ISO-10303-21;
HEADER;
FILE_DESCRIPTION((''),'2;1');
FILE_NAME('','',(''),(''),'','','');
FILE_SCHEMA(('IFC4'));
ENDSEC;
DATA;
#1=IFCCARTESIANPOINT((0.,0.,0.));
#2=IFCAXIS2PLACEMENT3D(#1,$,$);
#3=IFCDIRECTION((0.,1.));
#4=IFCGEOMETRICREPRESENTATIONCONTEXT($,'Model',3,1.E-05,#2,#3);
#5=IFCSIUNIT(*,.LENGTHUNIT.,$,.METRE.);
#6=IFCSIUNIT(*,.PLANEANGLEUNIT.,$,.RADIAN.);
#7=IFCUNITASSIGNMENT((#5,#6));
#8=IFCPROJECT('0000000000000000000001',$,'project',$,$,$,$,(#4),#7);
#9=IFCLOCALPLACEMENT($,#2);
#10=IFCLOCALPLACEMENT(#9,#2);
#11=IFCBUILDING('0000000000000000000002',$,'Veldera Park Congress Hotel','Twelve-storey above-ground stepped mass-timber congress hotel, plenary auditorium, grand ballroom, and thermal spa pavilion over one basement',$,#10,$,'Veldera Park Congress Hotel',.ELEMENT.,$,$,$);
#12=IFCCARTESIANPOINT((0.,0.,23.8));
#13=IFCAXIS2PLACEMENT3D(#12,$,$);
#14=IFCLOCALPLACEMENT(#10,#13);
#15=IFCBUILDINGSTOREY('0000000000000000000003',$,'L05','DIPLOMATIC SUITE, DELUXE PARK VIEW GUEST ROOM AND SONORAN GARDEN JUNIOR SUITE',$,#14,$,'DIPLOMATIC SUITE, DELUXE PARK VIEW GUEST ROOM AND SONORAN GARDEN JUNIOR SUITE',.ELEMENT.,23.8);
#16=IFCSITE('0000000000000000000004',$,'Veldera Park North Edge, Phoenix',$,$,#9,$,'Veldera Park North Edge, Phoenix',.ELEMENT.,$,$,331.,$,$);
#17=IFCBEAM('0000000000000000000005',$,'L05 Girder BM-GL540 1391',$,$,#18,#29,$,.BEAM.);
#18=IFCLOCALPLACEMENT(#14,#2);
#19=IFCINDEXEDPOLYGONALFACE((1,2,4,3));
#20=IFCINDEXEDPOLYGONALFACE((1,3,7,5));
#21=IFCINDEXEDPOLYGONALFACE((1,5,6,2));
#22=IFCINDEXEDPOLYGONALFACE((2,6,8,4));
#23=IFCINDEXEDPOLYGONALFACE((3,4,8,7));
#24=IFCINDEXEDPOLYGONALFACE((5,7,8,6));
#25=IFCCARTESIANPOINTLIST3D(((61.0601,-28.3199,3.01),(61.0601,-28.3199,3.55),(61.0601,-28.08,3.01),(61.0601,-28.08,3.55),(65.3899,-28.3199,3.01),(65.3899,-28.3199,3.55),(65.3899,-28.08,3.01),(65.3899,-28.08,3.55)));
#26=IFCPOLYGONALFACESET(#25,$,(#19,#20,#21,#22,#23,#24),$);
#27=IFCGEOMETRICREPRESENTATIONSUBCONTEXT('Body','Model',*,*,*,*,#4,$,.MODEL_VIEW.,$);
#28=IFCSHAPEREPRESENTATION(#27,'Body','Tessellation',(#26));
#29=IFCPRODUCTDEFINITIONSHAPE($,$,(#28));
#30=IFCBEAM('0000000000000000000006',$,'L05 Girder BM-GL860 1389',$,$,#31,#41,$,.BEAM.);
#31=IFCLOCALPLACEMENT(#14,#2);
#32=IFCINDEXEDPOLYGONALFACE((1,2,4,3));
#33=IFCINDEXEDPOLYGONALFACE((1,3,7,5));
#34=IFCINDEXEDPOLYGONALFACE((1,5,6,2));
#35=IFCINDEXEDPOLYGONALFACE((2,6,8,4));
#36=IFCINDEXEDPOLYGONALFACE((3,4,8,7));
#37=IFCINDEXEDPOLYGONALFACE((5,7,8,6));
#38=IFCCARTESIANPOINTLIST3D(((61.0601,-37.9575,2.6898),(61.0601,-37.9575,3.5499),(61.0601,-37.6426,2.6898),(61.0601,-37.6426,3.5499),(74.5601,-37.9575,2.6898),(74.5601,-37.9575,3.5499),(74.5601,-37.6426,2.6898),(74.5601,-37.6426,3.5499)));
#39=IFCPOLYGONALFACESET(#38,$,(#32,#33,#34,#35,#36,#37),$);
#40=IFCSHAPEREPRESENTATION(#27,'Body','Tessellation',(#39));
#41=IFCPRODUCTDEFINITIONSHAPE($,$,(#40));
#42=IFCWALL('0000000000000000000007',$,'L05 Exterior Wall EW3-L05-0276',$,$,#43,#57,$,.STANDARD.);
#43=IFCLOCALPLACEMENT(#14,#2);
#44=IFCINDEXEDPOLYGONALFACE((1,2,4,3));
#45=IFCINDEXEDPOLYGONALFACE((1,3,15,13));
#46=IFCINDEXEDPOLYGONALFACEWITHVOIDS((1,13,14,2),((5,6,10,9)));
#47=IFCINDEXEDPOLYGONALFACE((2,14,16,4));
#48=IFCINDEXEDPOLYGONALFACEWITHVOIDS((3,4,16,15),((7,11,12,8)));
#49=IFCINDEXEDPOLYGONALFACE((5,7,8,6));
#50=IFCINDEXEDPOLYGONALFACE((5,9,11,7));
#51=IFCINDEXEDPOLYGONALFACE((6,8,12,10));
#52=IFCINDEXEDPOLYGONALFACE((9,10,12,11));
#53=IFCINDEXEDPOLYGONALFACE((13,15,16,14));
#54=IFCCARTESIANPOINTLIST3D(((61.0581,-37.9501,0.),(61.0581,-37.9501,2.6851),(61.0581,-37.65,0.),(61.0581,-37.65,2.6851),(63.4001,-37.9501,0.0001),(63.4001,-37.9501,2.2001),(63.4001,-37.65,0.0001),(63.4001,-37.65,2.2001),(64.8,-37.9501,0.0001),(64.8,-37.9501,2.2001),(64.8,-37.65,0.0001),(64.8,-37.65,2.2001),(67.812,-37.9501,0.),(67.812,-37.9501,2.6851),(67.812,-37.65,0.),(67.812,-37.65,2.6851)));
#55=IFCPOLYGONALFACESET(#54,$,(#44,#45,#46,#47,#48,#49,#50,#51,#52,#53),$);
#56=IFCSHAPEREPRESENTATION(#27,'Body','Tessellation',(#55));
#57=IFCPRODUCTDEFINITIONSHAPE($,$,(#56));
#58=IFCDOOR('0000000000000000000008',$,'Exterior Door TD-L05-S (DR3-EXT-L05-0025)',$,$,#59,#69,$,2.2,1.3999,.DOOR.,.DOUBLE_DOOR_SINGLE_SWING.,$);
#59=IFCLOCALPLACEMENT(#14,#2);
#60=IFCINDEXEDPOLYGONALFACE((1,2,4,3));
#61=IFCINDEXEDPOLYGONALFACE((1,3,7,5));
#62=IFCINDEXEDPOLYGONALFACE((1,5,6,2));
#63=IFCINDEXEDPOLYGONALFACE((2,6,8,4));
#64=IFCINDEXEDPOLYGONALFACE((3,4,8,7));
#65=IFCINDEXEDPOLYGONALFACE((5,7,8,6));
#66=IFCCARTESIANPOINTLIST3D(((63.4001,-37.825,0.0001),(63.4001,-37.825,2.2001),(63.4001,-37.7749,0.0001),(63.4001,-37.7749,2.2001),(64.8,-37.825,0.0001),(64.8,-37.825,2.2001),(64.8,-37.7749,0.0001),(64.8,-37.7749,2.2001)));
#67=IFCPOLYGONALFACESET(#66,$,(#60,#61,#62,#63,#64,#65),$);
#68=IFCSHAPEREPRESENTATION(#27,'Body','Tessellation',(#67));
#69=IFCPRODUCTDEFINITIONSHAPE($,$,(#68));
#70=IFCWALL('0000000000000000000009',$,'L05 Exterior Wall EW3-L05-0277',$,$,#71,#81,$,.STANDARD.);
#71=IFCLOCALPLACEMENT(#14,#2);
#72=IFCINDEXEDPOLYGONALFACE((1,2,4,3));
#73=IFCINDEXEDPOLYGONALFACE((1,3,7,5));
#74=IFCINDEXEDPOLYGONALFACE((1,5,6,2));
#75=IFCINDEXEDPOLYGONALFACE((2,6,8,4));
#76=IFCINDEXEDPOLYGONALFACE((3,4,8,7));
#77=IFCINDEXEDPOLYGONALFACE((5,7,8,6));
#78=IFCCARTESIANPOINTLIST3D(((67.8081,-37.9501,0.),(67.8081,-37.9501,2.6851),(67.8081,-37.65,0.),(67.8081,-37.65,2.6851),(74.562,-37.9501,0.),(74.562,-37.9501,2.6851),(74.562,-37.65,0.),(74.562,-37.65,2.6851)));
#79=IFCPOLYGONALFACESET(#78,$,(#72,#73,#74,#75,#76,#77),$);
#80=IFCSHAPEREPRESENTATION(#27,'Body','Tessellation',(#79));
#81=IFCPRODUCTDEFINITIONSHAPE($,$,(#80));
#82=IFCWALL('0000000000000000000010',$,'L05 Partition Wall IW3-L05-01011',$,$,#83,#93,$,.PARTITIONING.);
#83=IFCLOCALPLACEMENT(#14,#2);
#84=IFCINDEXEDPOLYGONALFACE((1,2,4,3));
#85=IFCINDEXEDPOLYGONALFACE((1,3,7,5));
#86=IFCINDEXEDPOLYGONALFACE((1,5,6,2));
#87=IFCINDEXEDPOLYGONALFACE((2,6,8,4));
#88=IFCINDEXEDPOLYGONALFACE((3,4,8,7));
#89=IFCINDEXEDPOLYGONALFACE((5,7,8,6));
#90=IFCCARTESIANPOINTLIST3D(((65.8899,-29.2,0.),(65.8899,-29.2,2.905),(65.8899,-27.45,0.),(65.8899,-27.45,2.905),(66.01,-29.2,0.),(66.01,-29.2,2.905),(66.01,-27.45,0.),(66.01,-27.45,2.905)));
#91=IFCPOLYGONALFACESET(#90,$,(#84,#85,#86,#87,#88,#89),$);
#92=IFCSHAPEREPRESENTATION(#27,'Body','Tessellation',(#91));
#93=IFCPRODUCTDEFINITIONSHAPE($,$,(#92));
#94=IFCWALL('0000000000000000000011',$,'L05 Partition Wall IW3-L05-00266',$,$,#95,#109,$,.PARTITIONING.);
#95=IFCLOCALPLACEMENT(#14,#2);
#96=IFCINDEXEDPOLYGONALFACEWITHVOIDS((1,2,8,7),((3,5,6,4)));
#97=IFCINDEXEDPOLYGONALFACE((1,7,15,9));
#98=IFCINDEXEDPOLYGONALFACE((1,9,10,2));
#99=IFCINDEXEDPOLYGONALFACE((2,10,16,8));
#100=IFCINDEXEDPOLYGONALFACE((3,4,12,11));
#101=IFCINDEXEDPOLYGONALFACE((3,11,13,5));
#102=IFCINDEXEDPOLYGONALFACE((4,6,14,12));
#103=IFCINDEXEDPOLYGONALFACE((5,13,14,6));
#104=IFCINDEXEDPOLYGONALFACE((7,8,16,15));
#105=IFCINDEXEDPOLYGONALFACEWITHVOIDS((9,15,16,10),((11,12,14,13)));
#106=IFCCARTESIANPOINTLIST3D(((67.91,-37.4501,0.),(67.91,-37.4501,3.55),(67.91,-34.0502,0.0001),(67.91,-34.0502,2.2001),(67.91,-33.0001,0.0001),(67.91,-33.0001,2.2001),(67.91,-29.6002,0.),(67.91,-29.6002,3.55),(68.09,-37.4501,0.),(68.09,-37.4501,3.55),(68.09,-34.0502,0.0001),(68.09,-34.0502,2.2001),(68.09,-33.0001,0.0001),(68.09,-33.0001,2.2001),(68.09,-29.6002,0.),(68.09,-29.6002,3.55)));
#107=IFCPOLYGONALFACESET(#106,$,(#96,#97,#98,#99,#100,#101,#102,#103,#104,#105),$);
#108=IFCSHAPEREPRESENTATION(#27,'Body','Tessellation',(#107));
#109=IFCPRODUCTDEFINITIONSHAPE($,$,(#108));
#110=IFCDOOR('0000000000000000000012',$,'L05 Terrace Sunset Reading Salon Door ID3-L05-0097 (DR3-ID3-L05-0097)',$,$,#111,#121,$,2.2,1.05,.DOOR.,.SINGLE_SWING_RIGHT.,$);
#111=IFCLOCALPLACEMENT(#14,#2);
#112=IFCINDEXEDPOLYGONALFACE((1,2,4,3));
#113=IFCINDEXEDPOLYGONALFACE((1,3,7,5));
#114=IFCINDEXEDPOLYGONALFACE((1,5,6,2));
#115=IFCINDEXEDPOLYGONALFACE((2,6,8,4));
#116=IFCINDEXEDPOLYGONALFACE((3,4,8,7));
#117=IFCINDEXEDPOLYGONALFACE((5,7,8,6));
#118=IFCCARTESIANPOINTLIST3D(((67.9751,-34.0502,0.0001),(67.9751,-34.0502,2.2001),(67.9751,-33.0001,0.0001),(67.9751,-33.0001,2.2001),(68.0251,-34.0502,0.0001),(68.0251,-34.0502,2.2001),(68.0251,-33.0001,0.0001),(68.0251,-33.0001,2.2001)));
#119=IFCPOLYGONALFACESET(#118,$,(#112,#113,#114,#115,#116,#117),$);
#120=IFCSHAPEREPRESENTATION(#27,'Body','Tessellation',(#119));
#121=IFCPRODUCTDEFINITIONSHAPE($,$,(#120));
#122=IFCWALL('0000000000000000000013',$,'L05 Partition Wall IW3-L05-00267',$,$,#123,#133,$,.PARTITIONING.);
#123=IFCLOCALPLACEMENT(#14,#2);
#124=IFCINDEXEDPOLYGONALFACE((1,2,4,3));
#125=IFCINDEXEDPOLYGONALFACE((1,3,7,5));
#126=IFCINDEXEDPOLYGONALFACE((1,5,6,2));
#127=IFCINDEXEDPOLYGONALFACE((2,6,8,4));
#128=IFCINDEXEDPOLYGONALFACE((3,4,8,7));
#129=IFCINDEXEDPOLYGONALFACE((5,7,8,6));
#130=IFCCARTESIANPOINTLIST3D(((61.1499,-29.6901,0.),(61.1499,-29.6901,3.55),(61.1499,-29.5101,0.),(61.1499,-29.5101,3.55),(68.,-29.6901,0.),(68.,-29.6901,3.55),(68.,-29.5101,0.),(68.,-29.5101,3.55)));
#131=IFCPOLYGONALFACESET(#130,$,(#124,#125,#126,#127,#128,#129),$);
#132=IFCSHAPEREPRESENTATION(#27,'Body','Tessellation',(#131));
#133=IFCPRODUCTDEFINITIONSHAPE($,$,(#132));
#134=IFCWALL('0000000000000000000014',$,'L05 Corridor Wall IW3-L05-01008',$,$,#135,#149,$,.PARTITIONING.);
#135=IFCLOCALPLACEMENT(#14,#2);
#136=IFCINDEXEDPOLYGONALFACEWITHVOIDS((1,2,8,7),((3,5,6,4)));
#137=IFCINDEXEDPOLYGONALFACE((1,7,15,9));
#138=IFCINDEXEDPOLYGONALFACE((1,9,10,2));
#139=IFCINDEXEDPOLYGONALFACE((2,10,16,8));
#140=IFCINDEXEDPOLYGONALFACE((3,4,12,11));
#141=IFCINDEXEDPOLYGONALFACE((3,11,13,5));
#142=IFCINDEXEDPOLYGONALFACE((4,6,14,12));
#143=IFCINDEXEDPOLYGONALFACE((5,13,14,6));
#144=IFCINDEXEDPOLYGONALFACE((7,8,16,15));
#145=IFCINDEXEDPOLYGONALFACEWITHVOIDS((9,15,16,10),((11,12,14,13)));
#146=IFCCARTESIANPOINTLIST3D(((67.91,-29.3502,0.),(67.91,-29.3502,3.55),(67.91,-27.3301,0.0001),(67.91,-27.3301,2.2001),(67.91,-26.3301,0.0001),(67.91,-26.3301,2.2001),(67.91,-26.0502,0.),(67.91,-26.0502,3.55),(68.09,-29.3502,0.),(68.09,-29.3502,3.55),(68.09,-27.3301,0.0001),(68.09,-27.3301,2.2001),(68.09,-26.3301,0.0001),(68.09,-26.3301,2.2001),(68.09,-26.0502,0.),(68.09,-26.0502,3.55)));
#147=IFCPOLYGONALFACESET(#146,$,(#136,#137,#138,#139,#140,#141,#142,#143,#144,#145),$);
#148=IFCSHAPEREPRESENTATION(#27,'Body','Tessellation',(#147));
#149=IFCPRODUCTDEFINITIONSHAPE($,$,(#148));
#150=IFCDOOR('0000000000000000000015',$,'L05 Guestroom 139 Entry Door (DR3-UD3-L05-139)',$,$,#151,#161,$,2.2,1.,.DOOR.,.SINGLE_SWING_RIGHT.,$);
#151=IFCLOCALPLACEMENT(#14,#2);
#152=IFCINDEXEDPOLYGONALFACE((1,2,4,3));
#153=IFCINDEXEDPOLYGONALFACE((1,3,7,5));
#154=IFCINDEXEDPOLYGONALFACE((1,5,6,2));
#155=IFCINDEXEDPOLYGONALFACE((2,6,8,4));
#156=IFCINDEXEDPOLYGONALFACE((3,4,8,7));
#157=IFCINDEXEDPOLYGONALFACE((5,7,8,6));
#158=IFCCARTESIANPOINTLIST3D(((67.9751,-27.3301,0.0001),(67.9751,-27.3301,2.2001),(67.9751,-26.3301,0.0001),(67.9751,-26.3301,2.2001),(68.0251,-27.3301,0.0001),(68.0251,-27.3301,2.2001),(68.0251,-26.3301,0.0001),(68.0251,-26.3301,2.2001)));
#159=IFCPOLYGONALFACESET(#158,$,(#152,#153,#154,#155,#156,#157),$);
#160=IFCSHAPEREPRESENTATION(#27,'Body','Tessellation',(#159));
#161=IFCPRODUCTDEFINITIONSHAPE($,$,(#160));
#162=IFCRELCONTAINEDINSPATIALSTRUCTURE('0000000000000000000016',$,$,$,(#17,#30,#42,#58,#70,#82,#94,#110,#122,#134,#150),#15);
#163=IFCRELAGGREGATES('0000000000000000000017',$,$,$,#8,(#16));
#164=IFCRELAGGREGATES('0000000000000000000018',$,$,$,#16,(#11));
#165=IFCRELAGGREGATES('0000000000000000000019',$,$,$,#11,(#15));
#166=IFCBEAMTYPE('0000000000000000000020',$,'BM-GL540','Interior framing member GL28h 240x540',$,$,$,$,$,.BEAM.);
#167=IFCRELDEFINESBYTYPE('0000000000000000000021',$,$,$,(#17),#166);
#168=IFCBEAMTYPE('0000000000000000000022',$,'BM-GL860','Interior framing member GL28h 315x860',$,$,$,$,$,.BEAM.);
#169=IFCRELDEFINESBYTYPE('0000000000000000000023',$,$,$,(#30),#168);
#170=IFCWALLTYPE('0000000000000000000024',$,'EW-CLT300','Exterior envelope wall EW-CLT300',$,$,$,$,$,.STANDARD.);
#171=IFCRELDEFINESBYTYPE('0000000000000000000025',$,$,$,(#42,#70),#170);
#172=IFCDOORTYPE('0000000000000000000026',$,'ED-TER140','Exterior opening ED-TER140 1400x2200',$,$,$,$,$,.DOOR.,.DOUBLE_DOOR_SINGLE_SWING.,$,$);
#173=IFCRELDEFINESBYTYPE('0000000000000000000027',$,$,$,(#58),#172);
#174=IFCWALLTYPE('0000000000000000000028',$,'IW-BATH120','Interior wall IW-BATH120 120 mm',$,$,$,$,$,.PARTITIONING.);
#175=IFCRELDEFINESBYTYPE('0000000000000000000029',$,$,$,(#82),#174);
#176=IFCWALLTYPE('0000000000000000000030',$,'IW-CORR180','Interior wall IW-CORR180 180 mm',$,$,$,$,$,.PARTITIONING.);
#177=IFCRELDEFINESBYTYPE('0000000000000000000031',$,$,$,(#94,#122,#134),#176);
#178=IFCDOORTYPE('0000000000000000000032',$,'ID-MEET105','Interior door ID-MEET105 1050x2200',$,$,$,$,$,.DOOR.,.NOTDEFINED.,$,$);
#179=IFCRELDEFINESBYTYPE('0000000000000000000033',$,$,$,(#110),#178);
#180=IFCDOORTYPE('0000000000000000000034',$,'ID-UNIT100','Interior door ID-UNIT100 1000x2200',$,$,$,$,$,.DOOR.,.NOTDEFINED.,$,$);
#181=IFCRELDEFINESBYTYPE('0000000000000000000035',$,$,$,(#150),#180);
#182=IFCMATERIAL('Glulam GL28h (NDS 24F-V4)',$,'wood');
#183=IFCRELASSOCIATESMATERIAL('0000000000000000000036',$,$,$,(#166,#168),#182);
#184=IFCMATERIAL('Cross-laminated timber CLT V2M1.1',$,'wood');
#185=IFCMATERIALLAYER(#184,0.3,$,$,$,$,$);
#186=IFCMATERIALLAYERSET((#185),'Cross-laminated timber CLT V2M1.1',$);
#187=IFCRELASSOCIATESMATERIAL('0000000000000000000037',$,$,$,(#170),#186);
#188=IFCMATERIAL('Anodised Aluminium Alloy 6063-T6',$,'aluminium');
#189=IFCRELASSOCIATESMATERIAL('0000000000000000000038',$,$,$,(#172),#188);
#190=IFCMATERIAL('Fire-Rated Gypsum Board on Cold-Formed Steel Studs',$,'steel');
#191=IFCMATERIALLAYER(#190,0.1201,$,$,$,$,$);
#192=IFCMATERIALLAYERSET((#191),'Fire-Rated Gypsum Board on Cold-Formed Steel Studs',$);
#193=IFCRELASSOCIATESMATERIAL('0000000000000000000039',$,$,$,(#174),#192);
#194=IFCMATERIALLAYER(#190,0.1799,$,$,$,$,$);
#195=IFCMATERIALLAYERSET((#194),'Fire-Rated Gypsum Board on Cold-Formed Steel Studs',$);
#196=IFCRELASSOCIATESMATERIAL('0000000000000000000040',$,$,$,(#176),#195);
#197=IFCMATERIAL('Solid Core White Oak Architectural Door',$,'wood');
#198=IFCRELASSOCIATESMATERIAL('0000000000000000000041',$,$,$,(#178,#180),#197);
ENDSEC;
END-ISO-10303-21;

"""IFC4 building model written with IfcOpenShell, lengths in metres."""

from ifc_helpers import new_model, si_unit, direction, frame, frame_2d, origin, origin_2d, place, context, subcontext, project, spatial, rectangle, extrude, material, layer, layer_set, material_profile, profile_set, type_object, element, fill, save


model = new_model("IFC4")

# Units and contexts
model_context = context("Model", 3, precision=1e-05, world=origin(), true_north=direction((0.0, 1.0)))
body_context = subcontext(model_context, "Body", "Model", "MODEL_VIEW")
ifc_project = project(units=[si_unit("LENGTHUNIT", "METRE"), si_unit("PLANEANGLEUNIT", "RADIAN")], contexts=[model_context])

# Site, building, storey
site_placement = place(None, origin())
site = spatial("IfcSite", under=ifc_project, at=site_placement, Name="Veldera Park North Edge, Phoenix", LongName="Veldera Park North Edge, Phoenix", CompositionType="ELEMENT", RefElevation=331.0)
building_placement = place(site_placement, origin())
building = spatial("IfcBuilding", under=site, at=building_placement, Name="Veldera Park Congress Hotel", Description="Twelve-storey above-ground stepped mass-timber congress hotel, plenary auditorium, grand ballroom, and thermal spa pavilion over one basement", LongName="Veldera Park Congress Hotel", CompositionType="ELEMENT")
storey_placement = place(building_placement, frame((0.0, 0.0, 23.8)))
storey = spatial("IfcBuildingStorey", under=building, at=storey_placement, Name="L05", Description="DIPLOMATIC SUITE, DELUXE PARK VIEW GUEST ROOM AND SONORAN GARDEN JUNIOR SUITE", LongName="DIPLOMATIC SUITE, DELUXE PARK VIEW GUEST ROOM AND SONORAN GARDEN JUNIOR SUITE", CompositionType="ELEMENT", Elevation=23.8)

# Beams
ifc_material_1 = material(Name="Glulam GL28h (NDS 24F-V4)", Category="wood")
ifc_material_profile_1 = material_profile(ifc_material_1, rectangle(XDim=0.24, YDim=0.54, at=origin_2d()), Name="GL28h 240x540")
ifc_profile_set_1 = profile_set([ifc_material_profile_1], Name="Glulam GL28h (NDS 24F-V4)")
beam_type_1 = type_object("IfcBeamType", Name="BM-GL540", Description="Interior framing member GL28h 240x540", PredefinedType="BEAM", material=ifc_profile_set_1)
beam_1_placement = place(storey_placement, frame((61.0601, -28.2, 3.28), z_axis=(1.0, 0.0, 0.0), x_axis=(0.0, 1.0, 0.0)))
element("IfcBeam", 1, at=beam_1_placement, inside=storey, type_object=beam_type_1, Name="L05 Girder BM-GL540 1391", PredefinedType="BEAM", context=body_context, shape_type="SweptSolid", body=[
    extrude(rectangle(XDim=0.24, YDim=0.54, at=origin_2d()), origin(), (0.0, 0.0, 1.0), 4.3298),
])
ifc_material_profile_2 = material_profile(ifc_material_1, rectangle(XDim=0.3149, YDim=0.8601, at=origin_2d()), Name="GL28h 315x860")
ifc_profile_set_2 = profile_set([ifc_material_profile_2], Name="Glulam GL28h (NDS 24F-V4)")
beam_type_2 = type_object("IfcBeamType", Name="BM-GL860", Description="Interior framing member GL28h 315x860", PredefinedType="BEAM", material=ifc_profile_set_2)
beam_2_placement = place(storey_placement, frame((61.0601, -37.8, 3.1199), z_axis=(1.0, 0.0, 0.0), x_axis=(0.0, 1.0, 0.0)))
element("IfcBeam", 2, at=beam_2_placement, inside=storey, type_object=beam_type_2, Name="L05 Girder BM-GL860 1389", PredefinedType="BEAM", context=body_context, shape_type="SweptSolid", body=[
    extrude(rectangle(XDim=0.3149, YDim=0.8601, at=origin_2d()), origin(), (0.0, 0.0, 1.0), 13.5),
])

# Wall, opening, door
ifc_material_2 = material(Name="Cross-laminated timber CLT V2M1.1", Category="wood")
ifc_layer_1 = layer(ifc_material_2, 0.3)
ifc_layer_set_1 = layer_set([ifc_layer_1], Name="Cross-laminated timber CLT V2M1.1")
wall_type_1 = type_object("IfcWallType", Name="EW-CLT300", Description="Exterior envelope wall EW-CLT300", PredefinedType="STANDARD", material=ifc_layer_set_1)
wall_1_placement = place(storey_placement, frame((61.0581, -37.8, 0.0), z_axis=(0.0, 0.0, 1.0), x_axis=(1.0, 0.0, 0.0)))
wall_1 = element("IfcWall", 3, at=wall_1_placement, inside=storey, type_object=wall_type_1, Name="L05 Exterior Wall EW3-L05-0276", PredefinedType="STANDARD", context=body_context, shape_type="SweptSolid", body=[
    extrude(rectangle(XDim=6.7539, YDim=0.3, at=frame_2d((3.377, 0.0))), origin(), (0.0, 0.0, 1.0), 2.6851),
])
opening_1_placement = place(wall_1_placement, frame((2.342, 0.0, 0.0)))
opening_1 = element("IfcOpeningElement", 4, at=opening_1_placement, cuts=wall_1, PredefinedType="OPENING", context=body_context, shape_type="SweptSolid", body=[
    extrude(rectangle(XDim=1.3999, YDim=2.2, at=frame_2d((0.7, 1.1001))), frame((0.0, 0.1621, 0.0), z_axis=(0.0, -1.0, 0.0), x_axis=(1.0, 0.0, 0.0)), (0.0, 0.0, 1.0), 0.324),
])
ifc_material_3 = material(Name="Anodised Aluminium Alloy 6063-T6", Category="aluminium")
door_type_1 = type_object("IfcDoorType", Name="ED-TER140", Description="Exterior opening ED-TER140 1400x2200", OperationType="DOUBLE_DOOR_SINGLE_SWING", PredefinedType="DOOR", material=ifc_material_3)
door_1_placement = place(opening_1_placement, frame((1.3999, 0.0, 0.0), z_axis=(0.0, 0.0, 1.0), x_axis=(-1.0, 0.0, 0.0)))
door_1 = element("IfcDoor", 5, at=door_1_placement, inside=storey, type_object=door_type_1, Name="Exterior Door TD-L05-S (DR3-EXT-L05-0025)", OperationType="DOUBLE_DOOR_SINGLE_SWING", OverallHeight=2.2, OverallWidth=1.3999, PredefinedType="DOOR", context=body_context, shape_type="SweptSolid", body=[
    extrude(rectangle(XDim=1.3999, YDim=2.2, at=frame_2d((0.7, 1.1001))), frame((0.0, 0.0249, 0.0), z_axis=(0.0, -1.0, 0.0), x_axis=(1.0, 0.0, 0.0)), (0.0, 0.0, 1.0), 0.05),
])
fill(opening_1, door_1)

# Walls
wall_2_placement = place(storey_placement, frame((67.8081, -37.8, 0.0), z_axis=(0.0, 0.0, 1.0), x_axis=(1.0, 0.0, 0.0)))
element("IfcWall", 6, at=wall_2_placement, inside=storey, type_object=wall_type_1, Name="L05 Exterior Wall EW3-L05-0277", PredefinedType="STANDARD", context=body_context, shape_type="SweptSolid", body=[
    extrude(rectangle(XDim=6.7539, YDim=0.3, at=frame_2d((3.377, 0.0))), origin(), (0.0, 0.0, 1.0), 2.6851),
])
ifc_material_4 = material(Name="Fire-Rated Gypsum Board on Cold-Formed Steel Studs", Category="steel")
ifc_layer_2 = layer(ifc_material_4, 0.1201)
ifc_layer_set_2 = layer_set([ifc_layer_2], Name="Fire-Rated Gypsum Board on Cold-Formed Steel Studs")
wall_type_2 = type_object("IfcWallType", Name="IW-BATH120", Description="Interior wall IW-BATH120 120 mm", PredefinedType="PARTITIONING", material=ifc_layer_set_2)
wall_3_placement = place(storey_placement, frame((65.95, -29.2, 0.0), z_axis=(0.0, 0.0, 1.0), x_axis=(0.0, 1.0, 0.0)))
element("IfcWall", 7, at=wall_3_placement, inside=storey, type_object=wall_type_2, Name="L05 Partition Wall IW3-L05-01011", PredefinedType="PARTITIONING", context=body_context, shape_type="SweptSolid", body=[
    extrude(rectangle(XDim=1.75, YDim=0.1201, at=frame_2d((0.875, 0.0))), origin(), (0.0, 0.0, 1.0), 2.905),
])

# Wall, opening, door
ifc_layer_3 = layer(ifc_material_4, 0.1799)
ifc_layer_set_3 = layer_set([ifc_layer_3], Name="Fire-Rated Gypsum Board on Cold-Formed Steel Studs")
wall_type_3 = type_object("IfcWallType", Name="IW-CORR180", Description="Interior wall IW-CORR180 180 mm", PredefinedType="PARTITIONING", material=ifc_layer_set_3)
wall_4_placement = place(storey_placement, frame((68.0, -37.45, 0.0), z_axis=(0.0, 0.0, 1.0), x_axis=(0.0, 1.0, 0.0)))
wall_4 = element("IfcWall", 8, at=wall_4_placement, inside=storey, type_object=wall_type_3, Name="L05 Partition Wall IW3-L05-00266", PredefinedType="PARTITIONING", context=body_context, shape_type="SweptSolid", body=[
    extrude(rectangle(XDim=7.8499, YDim=0.1799, at=frame_2d((3.9248, 0.0))), origin(), (0.0, 0.0, 1.0), 3.55),
])
opening_2_placement = place(wall_4_placement, frame((3.3999, 0.0, 0.0)))
opening_2 = element("IfcOpeningElement", 9, at=opening_2_placement, cuts=wall_4, PredefinedType="OPENING", context=body_context, shape_type="SweptSolid", body=[
    extrude(rectangle(XDim=1.05, YDim=2.2, at=frame_2d((0.5249, 1.1001))), frame((0.0, 0.1021, 0.0), z_axis=(0.0, -1.0, 0.0), x_axis=(1.0, 0.0, 0.0)), (0.0, 0.0, 1.0), 0.2039),
])
ifc_material_5 = material(Name="Solid Core White Oak Architectural Door", Category="wood")
door_type_2 = type_object("IfcDoorType", Name="ID-MEET105", Description="Interior door ID-MEET105 1050x2200", OperationType="NOTDEFINED", PredefinedType="DOOR", material=ifc_material_5)
door_2_placement = place(opening_2_placement, origin())
door_2 = element("IfcDoor", 10, at=door_2_placement, inside=storey, type_object=door_type_2, Name="L05 Terrace Sunset Reading Salon Door ID3-L05-0097 (DR3-ID3-L05-0097)", OperationType="SINGLE_SWING_RIGHT", OverallHeight=2.2, OverallWidth=1.05, PredefinedType="DOOR", context=body_context, shape_type="SweptSolid", body=[
    extrude(rectangle(XDim=1.05, YDim=2.2, at=frame_2d((0.5249, 1.1001))), frame((0.0, 0.0249, 0.0), z_axis=(0.0, -1.0, 0.0), x_axis=(1.0, 0.0, 0.0)), (0.0, 0.0, 1.0), 0.05),
])
fill(opening_2, door_2)

# Wall
wall_5_placement = place(storey_placement, frame((68.0, -29.6001, 0.0), z_axis=(0.0, 0.0, 1.0), x_axis=(-1.0, 0.0, 0.0)))
element("IfcWall", 11, at=wall_5_placement, inside=storey, type_object=wall_type_3, Name="L05 Partition Wall IW3-L05-00267", PredefinedType="PARTITIONING", context=body_context, shape_type="SweptSolid", body=[
    extrude(rectangle(XDim=6.8501, YDim=0.1799, at=frame_2d((3.425, 0.0))), origin(), (0.0, 0.0, 1.0), 3.55),
])

# Wall, opening, door
wall_6_placement = place(storey_placement, frame((68.0, -29.3501, 0.0), z_axis=(0.0, 0.0, 1.0), x_axis=(0.0, 1.0, 0.0)))
wall_6 = element("IfcWall", 12, at=wall_6_placement, inside=storey, type_object=wall_type_3, Name="L05 Corridor Wall IW3-L05-01008", PredefinedType="PARTITIONING", context=body_context, shape_type="SweptSolid", body=[
    extrude(rectangle(XDim=3.3, YDim=0.1799, at=frame_2d((1.6499, 0.0))), origin(), (0.0, 0.0, 1.0), 3.55),
])
opening_3_placement = place(wall_6_placement, frame((2.02, 0.0, 0.0)))
opening_3 = element("IfcOpeningElement", 13, at=opening_3_placement, cuts=wall_6, PredefinedType="OPENING", context=body_context, shape_type="SweptSolid", body=[
    extrude(rectangle(XDim=1.0, YDim=2.2, at=frame_2d((0.5, 1.1001))), frame((0.0, 0.1021, 0.0), z_axis=(0.0, -1.0, 0.0), x_axis=(1.0, 0.0, 0.0)), (0.0, 0.0, 1.0), 0.2039),
])
door_type_3 = type_object("IfcDoorType", Name="ID-UNIT100", Description="Interior door ID-UNIT100 1000x2200", OperationType="NOTDEFINED", PredefinedType="DOOR", material=ifc_material_5)
door_3_placement = place(opening_3_placement, origin())
door_3 = element("IfcDoor", 14, at=door_3_placement, inside=storey, type_object=door_type_3, Name="L05 Guestroom 139 Entry Door (DR3-UD3-L05-139)", OperationType="SINGLE_SWING_RIGHT", OverallHeight=2.2, OverallWidth=1.0, PredefinedType="DOOR", context=body_context, shape_type="SweptSolid", body=[
    extrude(rectangle(XDim=1.0, YDim=2.2, at=frame_2d((0.5, 1.1001))), frame((0.0, 0.0249, 0.0), z_axis=(0.0, -1.0, 0.0), x_axis=(1.0, 0.0, 0.0)), (0.0, 0.0, 1.0), 0.05),
])
fill(opening_3, door_3)

save(model, "model.ifc")
